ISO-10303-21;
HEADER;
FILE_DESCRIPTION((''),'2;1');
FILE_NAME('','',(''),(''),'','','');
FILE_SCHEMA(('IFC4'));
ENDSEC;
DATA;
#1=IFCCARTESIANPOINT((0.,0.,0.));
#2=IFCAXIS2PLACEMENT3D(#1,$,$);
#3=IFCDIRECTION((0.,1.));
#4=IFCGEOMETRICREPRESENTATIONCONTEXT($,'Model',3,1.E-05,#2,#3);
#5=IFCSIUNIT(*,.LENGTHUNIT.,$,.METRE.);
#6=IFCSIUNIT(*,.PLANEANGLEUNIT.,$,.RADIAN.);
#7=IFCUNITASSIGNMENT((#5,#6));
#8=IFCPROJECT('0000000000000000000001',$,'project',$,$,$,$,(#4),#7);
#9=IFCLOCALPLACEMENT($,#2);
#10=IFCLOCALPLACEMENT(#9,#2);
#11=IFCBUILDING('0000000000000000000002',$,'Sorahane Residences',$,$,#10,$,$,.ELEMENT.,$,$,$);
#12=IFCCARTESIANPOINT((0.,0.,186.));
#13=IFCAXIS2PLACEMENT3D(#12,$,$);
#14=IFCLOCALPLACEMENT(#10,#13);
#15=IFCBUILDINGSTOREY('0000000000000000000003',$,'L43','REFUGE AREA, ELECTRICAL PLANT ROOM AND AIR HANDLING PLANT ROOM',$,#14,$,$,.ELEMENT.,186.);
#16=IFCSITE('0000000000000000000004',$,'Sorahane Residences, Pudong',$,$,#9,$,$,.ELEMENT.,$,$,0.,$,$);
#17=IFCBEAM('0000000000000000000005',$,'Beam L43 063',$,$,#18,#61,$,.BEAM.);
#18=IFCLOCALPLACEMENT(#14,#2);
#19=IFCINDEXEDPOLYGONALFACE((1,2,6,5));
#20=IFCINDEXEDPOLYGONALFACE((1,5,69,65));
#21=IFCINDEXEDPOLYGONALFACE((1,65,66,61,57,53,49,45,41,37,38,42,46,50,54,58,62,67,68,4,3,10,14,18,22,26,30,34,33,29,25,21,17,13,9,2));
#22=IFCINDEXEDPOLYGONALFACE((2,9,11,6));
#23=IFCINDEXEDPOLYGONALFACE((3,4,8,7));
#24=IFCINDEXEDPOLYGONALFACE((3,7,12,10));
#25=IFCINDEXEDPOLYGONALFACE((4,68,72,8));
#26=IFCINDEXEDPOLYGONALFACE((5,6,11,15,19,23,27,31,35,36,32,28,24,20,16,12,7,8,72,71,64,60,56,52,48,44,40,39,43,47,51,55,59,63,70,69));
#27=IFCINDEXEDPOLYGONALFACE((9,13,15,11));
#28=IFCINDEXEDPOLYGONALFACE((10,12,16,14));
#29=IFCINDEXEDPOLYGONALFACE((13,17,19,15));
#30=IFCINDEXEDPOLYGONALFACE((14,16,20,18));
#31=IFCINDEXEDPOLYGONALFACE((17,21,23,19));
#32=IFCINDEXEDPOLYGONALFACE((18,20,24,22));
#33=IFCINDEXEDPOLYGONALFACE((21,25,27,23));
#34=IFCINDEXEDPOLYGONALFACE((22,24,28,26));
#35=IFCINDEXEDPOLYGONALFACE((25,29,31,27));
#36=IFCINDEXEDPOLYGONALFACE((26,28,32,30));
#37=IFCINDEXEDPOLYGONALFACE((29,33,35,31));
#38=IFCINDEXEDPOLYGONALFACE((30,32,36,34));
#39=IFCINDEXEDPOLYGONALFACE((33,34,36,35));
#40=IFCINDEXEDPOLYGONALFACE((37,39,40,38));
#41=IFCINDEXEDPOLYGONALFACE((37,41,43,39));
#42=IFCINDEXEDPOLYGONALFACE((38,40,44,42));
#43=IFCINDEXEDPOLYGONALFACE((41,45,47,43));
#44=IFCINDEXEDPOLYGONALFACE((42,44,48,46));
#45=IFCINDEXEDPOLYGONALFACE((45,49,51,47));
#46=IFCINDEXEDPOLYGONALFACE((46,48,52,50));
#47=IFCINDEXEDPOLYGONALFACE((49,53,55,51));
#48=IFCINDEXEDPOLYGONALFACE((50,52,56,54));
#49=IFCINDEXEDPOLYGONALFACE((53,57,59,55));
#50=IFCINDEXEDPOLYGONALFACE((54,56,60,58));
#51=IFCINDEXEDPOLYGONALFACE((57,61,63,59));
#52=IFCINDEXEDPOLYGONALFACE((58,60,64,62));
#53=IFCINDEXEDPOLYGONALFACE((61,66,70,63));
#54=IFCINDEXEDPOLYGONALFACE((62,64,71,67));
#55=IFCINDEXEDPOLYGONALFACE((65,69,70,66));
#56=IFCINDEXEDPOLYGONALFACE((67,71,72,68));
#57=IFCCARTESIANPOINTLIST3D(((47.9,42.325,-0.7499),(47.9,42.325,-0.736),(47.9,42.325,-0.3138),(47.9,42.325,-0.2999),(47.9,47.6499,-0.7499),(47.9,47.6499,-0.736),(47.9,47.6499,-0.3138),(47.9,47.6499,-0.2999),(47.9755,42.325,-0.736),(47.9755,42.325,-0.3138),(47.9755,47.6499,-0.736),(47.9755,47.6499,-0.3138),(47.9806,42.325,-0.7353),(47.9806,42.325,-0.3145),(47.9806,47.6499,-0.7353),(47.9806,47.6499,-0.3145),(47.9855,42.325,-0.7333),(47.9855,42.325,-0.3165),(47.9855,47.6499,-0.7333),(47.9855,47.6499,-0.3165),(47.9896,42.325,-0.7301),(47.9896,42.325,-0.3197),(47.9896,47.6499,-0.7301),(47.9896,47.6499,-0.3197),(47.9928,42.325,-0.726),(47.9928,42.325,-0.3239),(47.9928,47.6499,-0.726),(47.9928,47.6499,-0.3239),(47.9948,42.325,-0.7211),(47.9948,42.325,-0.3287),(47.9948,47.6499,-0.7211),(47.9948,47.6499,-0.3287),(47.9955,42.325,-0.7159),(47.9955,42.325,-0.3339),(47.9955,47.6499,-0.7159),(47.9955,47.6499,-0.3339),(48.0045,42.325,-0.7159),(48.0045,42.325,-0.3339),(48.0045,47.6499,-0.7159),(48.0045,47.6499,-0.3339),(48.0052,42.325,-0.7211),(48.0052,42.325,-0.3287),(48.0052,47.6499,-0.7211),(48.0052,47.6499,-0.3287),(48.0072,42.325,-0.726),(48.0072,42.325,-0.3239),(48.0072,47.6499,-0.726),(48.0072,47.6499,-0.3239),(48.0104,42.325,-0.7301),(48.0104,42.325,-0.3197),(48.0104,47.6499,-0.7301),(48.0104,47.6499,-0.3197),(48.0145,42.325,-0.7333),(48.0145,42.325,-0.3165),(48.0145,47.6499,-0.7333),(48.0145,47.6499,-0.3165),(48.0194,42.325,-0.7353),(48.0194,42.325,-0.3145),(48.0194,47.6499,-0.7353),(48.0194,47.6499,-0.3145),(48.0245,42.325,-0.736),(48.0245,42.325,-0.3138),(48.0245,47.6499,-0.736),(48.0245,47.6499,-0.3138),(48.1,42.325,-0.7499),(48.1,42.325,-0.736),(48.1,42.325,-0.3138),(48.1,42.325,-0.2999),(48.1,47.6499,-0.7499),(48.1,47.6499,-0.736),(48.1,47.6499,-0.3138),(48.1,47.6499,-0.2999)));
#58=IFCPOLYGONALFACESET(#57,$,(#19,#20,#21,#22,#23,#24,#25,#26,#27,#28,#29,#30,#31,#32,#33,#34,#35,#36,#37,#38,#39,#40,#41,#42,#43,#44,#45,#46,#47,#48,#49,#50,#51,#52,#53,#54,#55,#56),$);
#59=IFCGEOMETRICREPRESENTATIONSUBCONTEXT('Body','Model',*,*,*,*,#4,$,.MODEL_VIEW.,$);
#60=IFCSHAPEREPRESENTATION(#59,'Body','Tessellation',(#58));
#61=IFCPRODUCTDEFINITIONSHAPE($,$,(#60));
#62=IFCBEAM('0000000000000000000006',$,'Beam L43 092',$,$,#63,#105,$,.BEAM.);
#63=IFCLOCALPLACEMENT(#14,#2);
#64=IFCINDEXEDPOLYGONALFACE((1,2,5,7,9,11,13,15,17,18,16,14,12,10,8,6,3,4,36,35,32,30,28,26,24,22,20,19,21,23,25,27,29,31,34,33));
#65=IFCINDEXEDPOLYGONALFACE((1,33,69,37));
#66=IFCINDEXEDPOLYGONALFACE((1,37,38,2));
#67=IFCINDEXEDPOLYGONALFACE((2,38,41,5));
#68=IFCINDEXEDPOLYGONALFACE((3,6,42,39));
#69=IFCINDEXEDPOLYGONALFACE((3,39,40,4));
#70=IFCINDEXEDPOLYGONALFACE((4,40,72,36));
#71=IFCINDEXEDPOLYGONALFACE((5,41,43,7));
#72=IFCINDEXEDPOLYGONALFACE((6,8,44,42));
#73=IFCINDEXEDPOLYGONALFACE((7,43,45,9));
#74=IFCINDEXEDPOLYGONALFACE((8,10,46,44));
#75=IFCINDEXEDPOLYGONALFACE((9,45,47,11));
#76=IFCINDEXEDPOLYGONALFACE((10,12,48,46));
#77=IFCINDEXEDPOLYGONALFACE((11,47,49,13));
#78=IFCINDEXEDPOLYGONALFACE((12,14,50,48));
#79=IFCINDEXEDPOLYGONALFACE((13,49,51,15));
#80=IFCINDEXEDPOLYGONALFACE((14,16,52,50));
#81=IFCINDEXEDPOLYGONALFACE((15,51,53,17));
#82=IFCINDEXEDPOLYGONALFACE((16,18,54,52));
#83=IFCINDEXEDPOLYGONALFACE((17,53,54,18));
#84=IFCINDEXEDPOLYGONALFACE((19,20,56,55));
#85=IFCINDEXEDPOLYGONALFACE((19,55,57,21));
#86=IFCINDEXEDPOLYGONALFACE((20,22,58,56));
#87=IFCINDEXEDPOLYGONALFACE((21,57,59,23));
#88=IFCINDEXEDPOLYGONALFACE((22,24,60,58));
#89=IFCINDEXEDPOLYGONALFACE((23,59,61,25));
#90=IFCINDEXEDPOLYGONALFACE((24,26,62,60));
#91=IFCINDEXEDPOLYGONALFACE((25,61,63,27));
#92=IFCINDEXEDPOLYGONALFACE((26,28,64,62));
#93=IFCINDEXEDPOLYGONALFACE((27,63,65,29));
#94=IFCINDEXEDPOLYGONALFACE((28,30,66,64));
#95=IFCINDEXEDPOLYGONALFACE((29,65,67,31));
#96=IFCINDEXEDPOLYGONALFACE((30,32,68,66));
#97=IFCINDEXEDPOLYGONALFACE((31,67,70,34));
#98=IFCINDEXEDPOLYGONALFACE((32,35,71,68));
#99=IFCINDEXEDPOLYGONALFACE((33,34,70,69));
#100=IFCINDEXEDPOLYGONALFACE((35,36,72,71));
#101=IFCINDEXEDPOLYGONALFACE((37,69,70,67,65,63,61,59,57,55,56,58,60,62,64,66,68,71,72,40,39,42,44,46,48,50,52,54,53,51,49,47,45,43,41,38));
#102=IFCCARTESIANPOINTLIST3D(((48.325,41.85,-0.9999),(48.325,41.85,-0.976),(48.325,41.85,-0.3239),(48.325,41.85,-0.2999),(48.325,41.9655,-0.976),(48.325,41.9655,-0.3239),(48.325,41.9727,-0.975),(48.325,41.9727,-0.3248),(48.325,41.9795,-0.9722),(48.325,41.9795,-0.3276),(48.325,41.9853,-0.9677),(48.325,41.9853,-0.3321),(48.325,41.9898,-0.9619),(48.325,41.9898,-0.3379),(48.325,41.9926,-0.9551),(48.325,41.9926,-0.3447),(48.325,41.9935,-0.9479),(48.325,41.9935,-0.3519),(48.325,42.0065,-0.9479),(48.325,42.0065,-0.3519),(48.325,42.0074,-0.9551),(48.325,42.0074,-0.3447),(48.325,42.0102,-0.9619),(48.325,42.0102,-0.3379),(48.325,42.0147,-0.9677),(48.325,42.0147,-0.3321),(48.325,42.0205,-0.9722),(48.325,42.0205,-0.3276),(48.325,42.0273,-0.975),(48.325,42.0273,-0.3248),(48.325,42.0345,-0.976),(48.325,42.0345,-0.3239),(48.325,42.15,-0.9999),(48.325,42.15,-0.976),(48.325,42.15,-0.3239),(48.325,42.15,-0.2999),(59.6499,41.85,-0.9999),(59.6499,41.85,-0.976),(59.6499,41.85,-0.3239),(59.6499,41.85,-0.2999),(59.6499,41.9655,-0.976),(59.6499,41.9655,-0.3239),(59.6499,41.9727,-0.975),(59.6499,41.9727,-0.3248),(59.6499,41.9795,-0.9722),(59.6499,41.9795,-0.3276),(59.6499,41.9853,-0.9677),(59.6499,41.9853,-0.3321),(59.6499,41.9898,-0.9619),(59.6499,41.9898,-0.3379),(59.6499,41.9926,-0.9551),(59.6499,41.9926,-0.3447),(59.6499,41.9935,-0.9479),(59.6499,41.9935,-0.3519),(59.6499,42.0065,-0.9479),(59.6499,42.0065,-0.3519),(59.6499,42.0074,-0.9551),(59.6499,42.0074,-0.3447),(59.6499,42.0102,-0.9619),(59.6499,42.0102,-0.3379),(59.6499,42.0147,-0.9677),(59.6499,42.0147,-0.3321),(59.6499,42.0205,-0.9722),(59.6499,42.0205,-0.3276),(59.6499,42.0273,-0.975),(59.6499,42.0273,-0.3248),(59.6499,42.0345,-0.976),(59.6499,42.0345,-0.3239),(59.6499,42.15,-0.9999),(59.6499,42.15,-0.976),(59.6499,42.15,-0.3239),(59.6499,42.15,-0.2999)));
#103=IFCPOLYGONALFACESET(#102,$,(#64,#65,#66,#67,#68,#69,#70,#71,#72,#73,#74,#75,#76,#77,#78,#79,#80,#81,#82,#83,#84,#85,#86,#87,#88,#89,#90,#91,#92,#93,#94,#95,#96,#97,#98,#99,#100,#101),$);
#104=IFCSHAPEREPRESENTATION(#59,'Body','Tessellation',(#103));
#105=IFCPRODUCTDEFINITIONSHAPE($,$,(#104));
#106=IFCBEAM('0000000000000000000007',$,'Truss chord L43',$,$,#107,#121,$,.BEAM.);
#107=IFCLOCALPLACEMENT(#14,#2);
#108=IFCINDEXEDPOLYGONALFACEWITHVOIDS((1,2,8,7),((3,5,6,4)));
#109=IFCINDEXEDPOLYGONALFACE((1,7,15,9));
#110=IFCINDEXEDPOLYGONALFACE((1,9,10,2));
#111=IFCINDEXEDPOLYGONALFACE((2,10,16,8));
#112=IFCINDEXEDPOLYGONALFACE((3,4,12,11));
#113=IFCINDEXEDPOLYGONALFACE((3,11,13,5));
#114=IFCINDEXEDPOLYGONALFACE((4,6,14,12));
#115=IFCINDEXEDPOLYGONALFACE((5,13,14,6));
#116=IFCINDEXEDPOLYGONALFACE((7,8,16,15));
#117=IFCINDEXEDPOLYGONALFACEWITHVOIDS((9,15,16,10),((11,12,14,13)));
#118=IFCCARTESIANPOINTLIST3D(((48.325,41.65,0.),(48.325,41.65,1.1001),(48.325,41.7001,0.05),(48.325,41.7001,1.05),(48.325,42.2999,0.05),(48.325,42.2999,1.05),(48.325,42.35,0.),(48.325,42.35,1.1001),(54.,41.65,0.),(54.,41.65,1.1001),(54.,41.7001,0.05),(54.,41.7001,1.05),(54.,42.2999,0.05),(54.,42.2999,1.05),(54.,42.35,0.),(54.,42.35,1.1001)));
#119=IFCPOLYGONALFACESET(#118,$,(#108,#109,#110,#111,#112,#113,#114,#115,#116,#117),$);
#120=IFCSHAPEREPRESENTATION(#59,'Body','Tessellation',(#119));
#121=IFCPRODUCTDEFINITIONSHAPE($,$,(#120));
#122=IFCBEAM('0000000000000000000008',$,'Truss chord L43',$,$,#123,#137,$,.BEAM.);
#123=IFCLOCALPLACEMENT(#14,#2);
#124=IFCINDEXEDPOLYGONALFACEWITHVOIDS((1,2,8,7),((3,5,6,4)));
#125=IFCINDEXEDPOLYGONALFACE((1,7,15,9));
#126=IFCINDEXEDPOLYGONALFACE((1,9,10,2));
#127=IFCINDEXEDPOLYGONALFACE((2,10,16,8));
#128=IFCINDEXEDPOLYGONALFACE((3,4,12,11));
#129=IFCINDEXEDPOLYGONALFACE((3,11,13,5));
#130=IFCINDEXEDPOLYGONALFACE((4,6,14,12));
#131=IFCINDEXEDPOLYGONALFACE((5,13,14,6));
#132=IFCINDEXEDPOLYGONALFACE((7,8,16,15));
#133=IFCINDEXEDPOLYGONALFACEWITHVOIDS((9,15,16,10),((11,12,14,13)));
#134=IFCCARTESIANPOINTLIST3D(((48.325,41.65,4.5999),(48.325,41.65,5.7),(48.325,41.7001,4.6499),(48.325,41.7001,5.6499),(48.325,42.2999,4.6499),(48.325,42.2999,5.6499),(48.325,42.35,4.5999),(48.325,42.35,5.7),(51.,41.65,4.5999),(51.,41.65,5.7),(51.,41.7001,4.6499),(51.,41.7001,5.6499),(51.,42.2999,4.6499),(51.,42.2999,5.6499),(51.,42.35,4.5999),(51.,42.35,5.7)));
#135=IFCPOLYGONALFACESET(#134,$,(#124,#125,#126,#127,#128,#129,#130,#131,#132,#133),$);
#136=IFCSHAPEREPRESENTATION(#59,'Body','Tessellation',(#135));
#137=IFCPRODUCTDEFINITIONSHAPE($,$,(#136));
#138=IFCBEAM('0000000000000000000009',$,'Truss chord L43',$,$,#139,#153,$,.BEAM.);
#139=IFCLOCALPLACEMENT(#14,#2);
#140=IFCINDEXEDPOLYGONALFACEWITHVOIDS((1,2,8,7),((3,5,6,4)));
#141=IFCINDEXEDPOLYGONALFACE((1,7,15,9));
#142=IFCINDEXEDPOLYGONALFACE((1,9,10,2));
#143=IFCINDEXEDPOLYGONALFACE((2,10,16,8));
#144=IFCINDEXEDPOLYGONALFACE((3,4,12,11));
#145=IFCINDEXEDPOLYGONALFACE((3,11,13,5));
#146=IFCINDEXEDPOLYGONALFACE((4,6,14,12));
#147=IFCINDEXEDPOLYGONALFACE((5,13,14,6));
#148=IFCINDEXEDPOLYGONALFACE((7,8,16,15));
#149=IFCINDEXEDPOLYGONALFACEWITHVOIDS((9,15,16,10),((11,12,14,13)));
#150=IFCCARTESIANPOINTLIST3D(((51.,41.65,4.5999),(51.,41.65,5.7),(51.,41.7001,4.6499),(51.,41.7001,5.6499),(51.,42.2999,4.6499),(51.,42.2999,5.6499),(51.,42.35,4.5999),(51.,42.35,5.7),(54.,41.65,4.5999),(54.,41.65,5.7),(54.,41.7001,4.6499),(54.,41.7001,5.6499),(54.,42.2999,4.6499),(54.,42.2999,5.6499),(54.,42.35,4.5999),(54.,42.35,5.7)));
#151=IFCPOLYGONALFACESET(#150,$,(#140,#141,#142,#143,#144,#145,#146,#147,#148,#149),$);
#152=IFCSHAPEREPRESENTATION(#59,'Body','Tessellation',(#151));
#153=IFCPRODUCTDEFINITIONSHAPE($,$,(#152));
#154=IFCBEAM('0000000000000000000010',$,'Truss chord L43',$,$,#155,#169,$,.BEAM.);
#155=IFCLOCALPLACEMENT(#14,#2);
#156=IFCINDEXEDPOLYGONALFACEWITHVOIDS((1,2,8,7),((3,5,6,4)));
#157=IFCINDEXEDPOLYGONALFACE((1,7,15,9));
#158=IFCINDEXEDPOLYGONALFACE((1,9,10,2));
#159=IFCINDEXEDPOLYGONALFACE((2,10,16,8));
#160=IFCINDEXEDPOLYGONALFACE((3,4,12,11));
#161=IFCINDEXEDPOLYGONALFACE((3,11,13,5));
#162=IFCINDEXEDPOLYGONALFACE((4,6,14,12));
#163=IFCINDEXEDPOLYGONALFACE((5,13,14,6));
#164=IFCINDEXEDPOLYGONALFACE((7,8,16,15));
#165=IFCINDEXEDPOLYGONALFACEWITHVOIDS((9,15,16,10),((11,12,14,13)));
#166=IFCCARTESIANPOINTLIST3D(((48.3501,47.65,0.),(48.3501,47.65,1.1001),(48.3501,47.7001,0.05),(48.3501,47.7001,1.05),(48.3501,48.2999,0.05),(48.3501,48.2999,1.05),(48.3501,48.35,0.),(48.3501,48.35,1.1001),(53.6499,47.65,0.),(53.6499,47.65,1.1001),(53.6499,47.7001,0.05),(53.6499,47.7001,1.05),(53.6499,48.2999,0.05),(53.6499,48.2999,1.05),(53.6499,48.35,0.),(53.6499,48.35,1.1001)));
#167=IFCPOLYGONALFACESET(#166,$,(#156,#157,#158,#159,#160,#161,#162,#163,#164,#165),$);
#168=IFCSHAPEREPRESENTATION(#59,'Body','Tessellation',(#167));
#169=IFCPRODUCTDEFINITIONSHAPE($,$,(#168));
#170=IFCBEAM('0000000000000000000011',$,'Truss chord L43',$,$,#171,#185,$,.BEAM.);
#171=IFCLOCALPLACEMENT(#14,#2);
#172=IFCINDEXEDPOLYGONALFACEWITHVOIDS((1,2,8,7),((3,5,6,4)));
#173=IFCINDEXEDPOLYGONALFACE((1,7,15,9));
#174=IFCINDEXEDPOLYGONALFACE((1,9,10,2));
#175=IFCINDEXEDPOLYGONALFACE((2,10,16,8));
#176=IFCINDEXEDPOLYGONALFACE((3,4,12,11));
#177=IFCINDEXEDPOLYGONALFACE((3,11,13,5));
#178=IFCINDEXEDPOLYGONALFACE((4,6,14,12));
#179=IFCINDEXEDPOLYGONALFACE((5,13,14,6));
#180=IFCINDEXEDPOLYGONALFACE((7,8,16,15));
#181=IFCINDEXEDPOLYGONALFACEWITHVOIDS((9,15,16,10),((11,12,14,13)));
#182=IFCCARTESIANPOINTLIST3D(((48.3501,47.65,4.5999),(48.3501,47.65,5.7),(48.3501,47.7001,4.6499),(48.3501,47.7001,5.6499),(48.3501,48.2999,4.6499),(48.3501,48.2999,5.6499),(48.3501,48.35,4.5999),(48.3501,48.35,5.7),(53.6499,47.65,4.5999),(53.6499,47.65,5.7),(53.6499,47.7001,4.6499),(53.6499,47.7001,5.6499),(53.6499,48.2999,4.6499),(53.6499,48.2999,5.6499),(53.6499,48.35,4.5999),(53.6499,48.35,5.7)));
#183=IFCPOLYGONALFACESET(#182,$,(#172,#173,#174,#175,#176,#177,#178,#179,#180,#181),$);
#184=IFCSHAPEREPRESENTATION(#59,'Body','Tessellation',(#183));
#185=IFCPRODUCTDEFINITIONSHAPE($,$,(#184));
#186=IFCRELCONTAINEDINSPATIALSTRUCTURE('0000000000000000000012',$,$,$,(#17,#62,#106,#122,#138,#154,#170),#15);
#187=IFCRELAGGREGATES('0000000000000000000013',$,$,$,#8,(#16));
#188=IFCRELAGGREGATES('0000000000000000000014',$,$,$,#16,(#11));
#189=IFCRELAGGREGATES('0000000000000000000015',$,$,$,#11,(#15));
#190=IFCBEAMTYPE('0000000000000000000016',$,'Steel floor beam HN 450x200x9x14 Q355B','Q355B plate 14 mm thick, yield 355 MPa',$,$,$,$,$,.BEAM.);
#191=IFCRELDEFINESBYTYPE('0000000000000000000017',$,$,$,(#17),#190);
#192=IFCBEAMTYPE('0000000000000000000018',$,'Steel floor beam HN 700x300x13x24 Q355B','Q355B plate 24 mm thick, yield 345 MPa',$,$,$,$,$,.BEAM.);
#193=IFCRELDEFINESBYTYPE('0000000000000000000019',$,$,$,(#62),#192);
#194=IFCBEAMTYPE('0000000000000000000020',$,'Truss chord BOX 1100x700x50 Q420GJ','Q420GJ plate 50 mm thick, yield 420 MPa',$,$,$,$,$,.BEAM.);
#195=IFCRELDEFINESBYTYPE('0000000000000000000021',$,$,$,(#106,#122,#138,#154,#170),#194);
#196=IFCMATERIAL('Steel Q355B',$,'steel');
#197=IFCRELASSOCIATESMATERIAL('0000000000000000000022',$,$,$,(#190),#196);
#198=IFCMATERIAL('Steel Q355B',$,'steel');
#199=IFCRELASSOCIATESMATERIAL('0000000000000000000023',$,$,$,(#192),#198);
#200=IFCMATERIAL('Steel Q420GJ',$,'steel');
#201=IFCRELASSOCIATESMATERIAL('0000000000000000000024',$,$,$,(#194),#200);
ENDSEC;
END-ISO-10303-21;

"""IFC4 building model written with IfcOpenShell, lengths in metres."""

from ifc_helpers import new_model, si_unit, direction, frame, origin, origin_2d, place, context, subcontext, project, spatial, hollow_rectangle, i_section, extrude, material, material_profile, profile_set, type_object, element, save


model = new_model("IFC4")

# Units and contexts
model_context = context("Model", 3, precision=1e-05, world=origin(), true_north=direction((0.0, 1.0)))
body_context = subcontext(model_context, "Body", "Model", "MODEL_VIEW")
ifc_project = project(units=[si_unit("LENGTHUNIT", "METRE"), si_unit("PLANEANGLEUNIT", "RADIAN")], contexts=[model_context])

# Site, building, storey
site_placement = place(None, origin())
site = spatial("IfcSite", under=ifc_project, at=site_placement, Name="Sorahane Residences, Pudong", CompositionType="ELEMENT", RefElevation=0.0)
building_placement = place(site_placement, origin())
building = spatial("IfcBuilding", under=site, at=building_placement, Name="Sorahane Residences", CompositionType="ELEMENT")
storey_placement = place(building_placement, frame((0.0, 0.0, 186.0)))
storey = spatial("IfcBuildingStorey", under=building, at=storey_placement, Name="L43", Description="REFUGE AREA, ELECTRICAL PLANT ROOM AND AIR HANDLING PLANT ROOM", CompositionType="ELEMENT", Elevation=186.0)

# Beams
ifc_material_1 = material(Name="Steel Q355B", Category="steel")
ifc_material_profile_1 = material_profile(ifc_material_1, i_section(OverallWidth=0.2, OverallDepth=0.45, WebThickness=0.009, FlangeThickness=0.0139, FilletRadius=0.02, at=origin_2d()), Name="HN 450x200x9x14")
ifc_profile_set_1 = profile_set([ifc_material_profile_1], Name="Steel Q355B")
beam_type_1 = type_object("IfcBeamType", Name="Steel floor beam HN 450x200x9x14 Q355B", Description="Q355B plate 14 mm thick, yield 355 MPa", PredefinedType="BEAM", material=ifc_profile_set_1)
beam_1_placement = place(storey_placement, frame((48.0, 42.325, -0.5249), z_axis=(0.0, 1.0, 0.0), x_axis=(-1.0, 0.0, 0.0)))
element("IfcBeam", 1, at=beam_1_placement, inside=storey, type_object=beam_type_1, Name="Beam L43 063", PredefinedType="BEAM", context=body_context, shape_type="SweptSolid", body=[
    extrude(i_section(OverallWidth=0.2, OverallDepth=0.45, WebThickness=0.009, FlangeThickness=0.0139, FilletRadius=0.02, at=origin_2d()), origin(), (0.0, 0.0, 1.0), 5.325),
])
ifc_material_2 = material(Name="Steel Q355B", Category="steel")
ifc_material_profile_2 = material_profile(ifc_material_2, i_section(OverallWidth=0.3, OverallDepth=0.7, WebThickness=0.0129, FlangeThickness=0.0239, FilletRadius=0.0281, at=origin_2d()), Name="HN 700x300x13x24")
ifc_profile_set_2 = profile_set([ifc_material_profile_2], Name="Steel Q355B")
beam_type_2 = type_object("IfcBeamType", Name="Steel floor beam HN 700x300x13x24 Q355B", Description="Q355B plate 24 mm thick, yield 345 MPa", PredefinedType="BEAM", material=ifc_profile_set_2)
beam_2_placement = place(storey_placement, frame((48.325, 42.0, -0.6499), z_axis=(1.0, 0.0, 0.0), x_axis=(0.0, 1.0, 0.0)))
element("IfcBeam", 2, at=beam_2_placement, inside=storey, type_object=beam_type_2, Name="Beam L43 092", PredefinedType="BEAM", context=body_context, shape_type="SweptSolid", body=[
    extrude(i_section(OverallWidth=0.3, OverallDepth=0.7, WebThickness=0.0129, FlangeThickness=0.0239, FilletRadius=0.0281, at=origin_2d()), origin(), (0.0, 0.0, 1.0), 11.325),
])
ifc_material_3 = material(Name="Steel Q420GJ", Category="steel")
ifc_material_profile_3 = material_profile(ifc_material_3, hollow_rectangle(XDim=0.7, YDim=1.1001, WallThickness=0.05, at=origin_2d()), Name="BOX 1100x700x50")
ifc_profile_set_3 = profile_set([ifc_material_profile_3], Name="Steel Q420GJ")
beam_type_3 = type_object("IfcBeamType", Name="Truss chord BOX 1100x700x50 Q420GJ", Description="Q420GJ plate 50 mm thick, yield 420 MPa", PredefinedType="BEAM", material=ifc_profile_set_3)
beam_3_placement = place(storey_placement, frame((48.325, 42.0, 0.55), z_axis=(1.0, 0.0, 0.0), x_axis=(0.0, 1.0, 0.0)))
element("IfcBeam", 3, at=beam_3_placement, inside=storey, type_object=beam_type_3, Name="Truss chord L43", PredefinedType="BEAM", context=body_context, shape_type="SweptSolid", body=[
    extrude(hollow_rectangle(XDim=0.7, YDim=1.1001, WallThickness=0.05, at=origin_2d()), origin(), (0.0, 0.0, 1.0), 5.675),
])
beam_4_placement = place(storey_placement, frame((48.325, 42.0, 5.1499), z_axis=(1.0, 0.0, 0.0), x_axis=(0.0, 1.0, 0.0)))
element("IfcBeam", 4, at=beam_4_placement, inside=storey, type_object=beam_type_3, Name="Truss chord L43", PredefinedType="BEAM", context=body_context, shape_type="SweptSolid", body=[
    extrude(hollow_rectangle(XDim=0.7, YDim=1.1001, WallThickness=0.05, at=origin_2d()), origin(), (0.0, 0.0, 1.0), 2.675),
])
beam_5_placement = place(storey_placement, frame((51.0, 42.0, 5.1499), z_axis=(1.0, 0.0, 0.0), x_axis=(0.0, 1.0, 0.0)))
element("IfcBeam", 5, at=beam_5_placement, inside=storey, type_object=beam_type_3, Name="Truss chord L43", PredefinedType="BEAM", context=body_context, shape_type="SweptSolid", body=[
    extrude(hollow_rectangle(XDim=0.7, YDim=1.1001, WallThickness=0.05, at=origin_2d()), origin(), (0.0, 0.0, 1.0), 3.0),
])
for number, where, z_axis, x_axis, name in (
    (6, (48.3501, 48.0, 0.55), (1.0, 0.0, 0.0), (0.0, 1.0, 0.0), "Truss chord L43"),
    (7, (48.3501, 48.0, 5.1499), (1.0, 0.0, 0.0), (0.0, 1.0, 0.0), "Truss chord L43"),
):
    element("IfcBeam", number, at=place(storey_placement, frame(where, z_axis=z_axis, x_axis=x_axis)), inside=storey, type_object=beam_type_3, Name=name, PredefinedType="BEAM", context=body_context, shape_type="SweptSolid", body=[
        extrude(hollow_rectangle(XDim=0.7, YDim=1.1001, WallThickness=0.05, at=origin_2d()), origin(), (0.0, 0.0, 1.0), 5.2998),
    ])

save(model, "model.ifc")
